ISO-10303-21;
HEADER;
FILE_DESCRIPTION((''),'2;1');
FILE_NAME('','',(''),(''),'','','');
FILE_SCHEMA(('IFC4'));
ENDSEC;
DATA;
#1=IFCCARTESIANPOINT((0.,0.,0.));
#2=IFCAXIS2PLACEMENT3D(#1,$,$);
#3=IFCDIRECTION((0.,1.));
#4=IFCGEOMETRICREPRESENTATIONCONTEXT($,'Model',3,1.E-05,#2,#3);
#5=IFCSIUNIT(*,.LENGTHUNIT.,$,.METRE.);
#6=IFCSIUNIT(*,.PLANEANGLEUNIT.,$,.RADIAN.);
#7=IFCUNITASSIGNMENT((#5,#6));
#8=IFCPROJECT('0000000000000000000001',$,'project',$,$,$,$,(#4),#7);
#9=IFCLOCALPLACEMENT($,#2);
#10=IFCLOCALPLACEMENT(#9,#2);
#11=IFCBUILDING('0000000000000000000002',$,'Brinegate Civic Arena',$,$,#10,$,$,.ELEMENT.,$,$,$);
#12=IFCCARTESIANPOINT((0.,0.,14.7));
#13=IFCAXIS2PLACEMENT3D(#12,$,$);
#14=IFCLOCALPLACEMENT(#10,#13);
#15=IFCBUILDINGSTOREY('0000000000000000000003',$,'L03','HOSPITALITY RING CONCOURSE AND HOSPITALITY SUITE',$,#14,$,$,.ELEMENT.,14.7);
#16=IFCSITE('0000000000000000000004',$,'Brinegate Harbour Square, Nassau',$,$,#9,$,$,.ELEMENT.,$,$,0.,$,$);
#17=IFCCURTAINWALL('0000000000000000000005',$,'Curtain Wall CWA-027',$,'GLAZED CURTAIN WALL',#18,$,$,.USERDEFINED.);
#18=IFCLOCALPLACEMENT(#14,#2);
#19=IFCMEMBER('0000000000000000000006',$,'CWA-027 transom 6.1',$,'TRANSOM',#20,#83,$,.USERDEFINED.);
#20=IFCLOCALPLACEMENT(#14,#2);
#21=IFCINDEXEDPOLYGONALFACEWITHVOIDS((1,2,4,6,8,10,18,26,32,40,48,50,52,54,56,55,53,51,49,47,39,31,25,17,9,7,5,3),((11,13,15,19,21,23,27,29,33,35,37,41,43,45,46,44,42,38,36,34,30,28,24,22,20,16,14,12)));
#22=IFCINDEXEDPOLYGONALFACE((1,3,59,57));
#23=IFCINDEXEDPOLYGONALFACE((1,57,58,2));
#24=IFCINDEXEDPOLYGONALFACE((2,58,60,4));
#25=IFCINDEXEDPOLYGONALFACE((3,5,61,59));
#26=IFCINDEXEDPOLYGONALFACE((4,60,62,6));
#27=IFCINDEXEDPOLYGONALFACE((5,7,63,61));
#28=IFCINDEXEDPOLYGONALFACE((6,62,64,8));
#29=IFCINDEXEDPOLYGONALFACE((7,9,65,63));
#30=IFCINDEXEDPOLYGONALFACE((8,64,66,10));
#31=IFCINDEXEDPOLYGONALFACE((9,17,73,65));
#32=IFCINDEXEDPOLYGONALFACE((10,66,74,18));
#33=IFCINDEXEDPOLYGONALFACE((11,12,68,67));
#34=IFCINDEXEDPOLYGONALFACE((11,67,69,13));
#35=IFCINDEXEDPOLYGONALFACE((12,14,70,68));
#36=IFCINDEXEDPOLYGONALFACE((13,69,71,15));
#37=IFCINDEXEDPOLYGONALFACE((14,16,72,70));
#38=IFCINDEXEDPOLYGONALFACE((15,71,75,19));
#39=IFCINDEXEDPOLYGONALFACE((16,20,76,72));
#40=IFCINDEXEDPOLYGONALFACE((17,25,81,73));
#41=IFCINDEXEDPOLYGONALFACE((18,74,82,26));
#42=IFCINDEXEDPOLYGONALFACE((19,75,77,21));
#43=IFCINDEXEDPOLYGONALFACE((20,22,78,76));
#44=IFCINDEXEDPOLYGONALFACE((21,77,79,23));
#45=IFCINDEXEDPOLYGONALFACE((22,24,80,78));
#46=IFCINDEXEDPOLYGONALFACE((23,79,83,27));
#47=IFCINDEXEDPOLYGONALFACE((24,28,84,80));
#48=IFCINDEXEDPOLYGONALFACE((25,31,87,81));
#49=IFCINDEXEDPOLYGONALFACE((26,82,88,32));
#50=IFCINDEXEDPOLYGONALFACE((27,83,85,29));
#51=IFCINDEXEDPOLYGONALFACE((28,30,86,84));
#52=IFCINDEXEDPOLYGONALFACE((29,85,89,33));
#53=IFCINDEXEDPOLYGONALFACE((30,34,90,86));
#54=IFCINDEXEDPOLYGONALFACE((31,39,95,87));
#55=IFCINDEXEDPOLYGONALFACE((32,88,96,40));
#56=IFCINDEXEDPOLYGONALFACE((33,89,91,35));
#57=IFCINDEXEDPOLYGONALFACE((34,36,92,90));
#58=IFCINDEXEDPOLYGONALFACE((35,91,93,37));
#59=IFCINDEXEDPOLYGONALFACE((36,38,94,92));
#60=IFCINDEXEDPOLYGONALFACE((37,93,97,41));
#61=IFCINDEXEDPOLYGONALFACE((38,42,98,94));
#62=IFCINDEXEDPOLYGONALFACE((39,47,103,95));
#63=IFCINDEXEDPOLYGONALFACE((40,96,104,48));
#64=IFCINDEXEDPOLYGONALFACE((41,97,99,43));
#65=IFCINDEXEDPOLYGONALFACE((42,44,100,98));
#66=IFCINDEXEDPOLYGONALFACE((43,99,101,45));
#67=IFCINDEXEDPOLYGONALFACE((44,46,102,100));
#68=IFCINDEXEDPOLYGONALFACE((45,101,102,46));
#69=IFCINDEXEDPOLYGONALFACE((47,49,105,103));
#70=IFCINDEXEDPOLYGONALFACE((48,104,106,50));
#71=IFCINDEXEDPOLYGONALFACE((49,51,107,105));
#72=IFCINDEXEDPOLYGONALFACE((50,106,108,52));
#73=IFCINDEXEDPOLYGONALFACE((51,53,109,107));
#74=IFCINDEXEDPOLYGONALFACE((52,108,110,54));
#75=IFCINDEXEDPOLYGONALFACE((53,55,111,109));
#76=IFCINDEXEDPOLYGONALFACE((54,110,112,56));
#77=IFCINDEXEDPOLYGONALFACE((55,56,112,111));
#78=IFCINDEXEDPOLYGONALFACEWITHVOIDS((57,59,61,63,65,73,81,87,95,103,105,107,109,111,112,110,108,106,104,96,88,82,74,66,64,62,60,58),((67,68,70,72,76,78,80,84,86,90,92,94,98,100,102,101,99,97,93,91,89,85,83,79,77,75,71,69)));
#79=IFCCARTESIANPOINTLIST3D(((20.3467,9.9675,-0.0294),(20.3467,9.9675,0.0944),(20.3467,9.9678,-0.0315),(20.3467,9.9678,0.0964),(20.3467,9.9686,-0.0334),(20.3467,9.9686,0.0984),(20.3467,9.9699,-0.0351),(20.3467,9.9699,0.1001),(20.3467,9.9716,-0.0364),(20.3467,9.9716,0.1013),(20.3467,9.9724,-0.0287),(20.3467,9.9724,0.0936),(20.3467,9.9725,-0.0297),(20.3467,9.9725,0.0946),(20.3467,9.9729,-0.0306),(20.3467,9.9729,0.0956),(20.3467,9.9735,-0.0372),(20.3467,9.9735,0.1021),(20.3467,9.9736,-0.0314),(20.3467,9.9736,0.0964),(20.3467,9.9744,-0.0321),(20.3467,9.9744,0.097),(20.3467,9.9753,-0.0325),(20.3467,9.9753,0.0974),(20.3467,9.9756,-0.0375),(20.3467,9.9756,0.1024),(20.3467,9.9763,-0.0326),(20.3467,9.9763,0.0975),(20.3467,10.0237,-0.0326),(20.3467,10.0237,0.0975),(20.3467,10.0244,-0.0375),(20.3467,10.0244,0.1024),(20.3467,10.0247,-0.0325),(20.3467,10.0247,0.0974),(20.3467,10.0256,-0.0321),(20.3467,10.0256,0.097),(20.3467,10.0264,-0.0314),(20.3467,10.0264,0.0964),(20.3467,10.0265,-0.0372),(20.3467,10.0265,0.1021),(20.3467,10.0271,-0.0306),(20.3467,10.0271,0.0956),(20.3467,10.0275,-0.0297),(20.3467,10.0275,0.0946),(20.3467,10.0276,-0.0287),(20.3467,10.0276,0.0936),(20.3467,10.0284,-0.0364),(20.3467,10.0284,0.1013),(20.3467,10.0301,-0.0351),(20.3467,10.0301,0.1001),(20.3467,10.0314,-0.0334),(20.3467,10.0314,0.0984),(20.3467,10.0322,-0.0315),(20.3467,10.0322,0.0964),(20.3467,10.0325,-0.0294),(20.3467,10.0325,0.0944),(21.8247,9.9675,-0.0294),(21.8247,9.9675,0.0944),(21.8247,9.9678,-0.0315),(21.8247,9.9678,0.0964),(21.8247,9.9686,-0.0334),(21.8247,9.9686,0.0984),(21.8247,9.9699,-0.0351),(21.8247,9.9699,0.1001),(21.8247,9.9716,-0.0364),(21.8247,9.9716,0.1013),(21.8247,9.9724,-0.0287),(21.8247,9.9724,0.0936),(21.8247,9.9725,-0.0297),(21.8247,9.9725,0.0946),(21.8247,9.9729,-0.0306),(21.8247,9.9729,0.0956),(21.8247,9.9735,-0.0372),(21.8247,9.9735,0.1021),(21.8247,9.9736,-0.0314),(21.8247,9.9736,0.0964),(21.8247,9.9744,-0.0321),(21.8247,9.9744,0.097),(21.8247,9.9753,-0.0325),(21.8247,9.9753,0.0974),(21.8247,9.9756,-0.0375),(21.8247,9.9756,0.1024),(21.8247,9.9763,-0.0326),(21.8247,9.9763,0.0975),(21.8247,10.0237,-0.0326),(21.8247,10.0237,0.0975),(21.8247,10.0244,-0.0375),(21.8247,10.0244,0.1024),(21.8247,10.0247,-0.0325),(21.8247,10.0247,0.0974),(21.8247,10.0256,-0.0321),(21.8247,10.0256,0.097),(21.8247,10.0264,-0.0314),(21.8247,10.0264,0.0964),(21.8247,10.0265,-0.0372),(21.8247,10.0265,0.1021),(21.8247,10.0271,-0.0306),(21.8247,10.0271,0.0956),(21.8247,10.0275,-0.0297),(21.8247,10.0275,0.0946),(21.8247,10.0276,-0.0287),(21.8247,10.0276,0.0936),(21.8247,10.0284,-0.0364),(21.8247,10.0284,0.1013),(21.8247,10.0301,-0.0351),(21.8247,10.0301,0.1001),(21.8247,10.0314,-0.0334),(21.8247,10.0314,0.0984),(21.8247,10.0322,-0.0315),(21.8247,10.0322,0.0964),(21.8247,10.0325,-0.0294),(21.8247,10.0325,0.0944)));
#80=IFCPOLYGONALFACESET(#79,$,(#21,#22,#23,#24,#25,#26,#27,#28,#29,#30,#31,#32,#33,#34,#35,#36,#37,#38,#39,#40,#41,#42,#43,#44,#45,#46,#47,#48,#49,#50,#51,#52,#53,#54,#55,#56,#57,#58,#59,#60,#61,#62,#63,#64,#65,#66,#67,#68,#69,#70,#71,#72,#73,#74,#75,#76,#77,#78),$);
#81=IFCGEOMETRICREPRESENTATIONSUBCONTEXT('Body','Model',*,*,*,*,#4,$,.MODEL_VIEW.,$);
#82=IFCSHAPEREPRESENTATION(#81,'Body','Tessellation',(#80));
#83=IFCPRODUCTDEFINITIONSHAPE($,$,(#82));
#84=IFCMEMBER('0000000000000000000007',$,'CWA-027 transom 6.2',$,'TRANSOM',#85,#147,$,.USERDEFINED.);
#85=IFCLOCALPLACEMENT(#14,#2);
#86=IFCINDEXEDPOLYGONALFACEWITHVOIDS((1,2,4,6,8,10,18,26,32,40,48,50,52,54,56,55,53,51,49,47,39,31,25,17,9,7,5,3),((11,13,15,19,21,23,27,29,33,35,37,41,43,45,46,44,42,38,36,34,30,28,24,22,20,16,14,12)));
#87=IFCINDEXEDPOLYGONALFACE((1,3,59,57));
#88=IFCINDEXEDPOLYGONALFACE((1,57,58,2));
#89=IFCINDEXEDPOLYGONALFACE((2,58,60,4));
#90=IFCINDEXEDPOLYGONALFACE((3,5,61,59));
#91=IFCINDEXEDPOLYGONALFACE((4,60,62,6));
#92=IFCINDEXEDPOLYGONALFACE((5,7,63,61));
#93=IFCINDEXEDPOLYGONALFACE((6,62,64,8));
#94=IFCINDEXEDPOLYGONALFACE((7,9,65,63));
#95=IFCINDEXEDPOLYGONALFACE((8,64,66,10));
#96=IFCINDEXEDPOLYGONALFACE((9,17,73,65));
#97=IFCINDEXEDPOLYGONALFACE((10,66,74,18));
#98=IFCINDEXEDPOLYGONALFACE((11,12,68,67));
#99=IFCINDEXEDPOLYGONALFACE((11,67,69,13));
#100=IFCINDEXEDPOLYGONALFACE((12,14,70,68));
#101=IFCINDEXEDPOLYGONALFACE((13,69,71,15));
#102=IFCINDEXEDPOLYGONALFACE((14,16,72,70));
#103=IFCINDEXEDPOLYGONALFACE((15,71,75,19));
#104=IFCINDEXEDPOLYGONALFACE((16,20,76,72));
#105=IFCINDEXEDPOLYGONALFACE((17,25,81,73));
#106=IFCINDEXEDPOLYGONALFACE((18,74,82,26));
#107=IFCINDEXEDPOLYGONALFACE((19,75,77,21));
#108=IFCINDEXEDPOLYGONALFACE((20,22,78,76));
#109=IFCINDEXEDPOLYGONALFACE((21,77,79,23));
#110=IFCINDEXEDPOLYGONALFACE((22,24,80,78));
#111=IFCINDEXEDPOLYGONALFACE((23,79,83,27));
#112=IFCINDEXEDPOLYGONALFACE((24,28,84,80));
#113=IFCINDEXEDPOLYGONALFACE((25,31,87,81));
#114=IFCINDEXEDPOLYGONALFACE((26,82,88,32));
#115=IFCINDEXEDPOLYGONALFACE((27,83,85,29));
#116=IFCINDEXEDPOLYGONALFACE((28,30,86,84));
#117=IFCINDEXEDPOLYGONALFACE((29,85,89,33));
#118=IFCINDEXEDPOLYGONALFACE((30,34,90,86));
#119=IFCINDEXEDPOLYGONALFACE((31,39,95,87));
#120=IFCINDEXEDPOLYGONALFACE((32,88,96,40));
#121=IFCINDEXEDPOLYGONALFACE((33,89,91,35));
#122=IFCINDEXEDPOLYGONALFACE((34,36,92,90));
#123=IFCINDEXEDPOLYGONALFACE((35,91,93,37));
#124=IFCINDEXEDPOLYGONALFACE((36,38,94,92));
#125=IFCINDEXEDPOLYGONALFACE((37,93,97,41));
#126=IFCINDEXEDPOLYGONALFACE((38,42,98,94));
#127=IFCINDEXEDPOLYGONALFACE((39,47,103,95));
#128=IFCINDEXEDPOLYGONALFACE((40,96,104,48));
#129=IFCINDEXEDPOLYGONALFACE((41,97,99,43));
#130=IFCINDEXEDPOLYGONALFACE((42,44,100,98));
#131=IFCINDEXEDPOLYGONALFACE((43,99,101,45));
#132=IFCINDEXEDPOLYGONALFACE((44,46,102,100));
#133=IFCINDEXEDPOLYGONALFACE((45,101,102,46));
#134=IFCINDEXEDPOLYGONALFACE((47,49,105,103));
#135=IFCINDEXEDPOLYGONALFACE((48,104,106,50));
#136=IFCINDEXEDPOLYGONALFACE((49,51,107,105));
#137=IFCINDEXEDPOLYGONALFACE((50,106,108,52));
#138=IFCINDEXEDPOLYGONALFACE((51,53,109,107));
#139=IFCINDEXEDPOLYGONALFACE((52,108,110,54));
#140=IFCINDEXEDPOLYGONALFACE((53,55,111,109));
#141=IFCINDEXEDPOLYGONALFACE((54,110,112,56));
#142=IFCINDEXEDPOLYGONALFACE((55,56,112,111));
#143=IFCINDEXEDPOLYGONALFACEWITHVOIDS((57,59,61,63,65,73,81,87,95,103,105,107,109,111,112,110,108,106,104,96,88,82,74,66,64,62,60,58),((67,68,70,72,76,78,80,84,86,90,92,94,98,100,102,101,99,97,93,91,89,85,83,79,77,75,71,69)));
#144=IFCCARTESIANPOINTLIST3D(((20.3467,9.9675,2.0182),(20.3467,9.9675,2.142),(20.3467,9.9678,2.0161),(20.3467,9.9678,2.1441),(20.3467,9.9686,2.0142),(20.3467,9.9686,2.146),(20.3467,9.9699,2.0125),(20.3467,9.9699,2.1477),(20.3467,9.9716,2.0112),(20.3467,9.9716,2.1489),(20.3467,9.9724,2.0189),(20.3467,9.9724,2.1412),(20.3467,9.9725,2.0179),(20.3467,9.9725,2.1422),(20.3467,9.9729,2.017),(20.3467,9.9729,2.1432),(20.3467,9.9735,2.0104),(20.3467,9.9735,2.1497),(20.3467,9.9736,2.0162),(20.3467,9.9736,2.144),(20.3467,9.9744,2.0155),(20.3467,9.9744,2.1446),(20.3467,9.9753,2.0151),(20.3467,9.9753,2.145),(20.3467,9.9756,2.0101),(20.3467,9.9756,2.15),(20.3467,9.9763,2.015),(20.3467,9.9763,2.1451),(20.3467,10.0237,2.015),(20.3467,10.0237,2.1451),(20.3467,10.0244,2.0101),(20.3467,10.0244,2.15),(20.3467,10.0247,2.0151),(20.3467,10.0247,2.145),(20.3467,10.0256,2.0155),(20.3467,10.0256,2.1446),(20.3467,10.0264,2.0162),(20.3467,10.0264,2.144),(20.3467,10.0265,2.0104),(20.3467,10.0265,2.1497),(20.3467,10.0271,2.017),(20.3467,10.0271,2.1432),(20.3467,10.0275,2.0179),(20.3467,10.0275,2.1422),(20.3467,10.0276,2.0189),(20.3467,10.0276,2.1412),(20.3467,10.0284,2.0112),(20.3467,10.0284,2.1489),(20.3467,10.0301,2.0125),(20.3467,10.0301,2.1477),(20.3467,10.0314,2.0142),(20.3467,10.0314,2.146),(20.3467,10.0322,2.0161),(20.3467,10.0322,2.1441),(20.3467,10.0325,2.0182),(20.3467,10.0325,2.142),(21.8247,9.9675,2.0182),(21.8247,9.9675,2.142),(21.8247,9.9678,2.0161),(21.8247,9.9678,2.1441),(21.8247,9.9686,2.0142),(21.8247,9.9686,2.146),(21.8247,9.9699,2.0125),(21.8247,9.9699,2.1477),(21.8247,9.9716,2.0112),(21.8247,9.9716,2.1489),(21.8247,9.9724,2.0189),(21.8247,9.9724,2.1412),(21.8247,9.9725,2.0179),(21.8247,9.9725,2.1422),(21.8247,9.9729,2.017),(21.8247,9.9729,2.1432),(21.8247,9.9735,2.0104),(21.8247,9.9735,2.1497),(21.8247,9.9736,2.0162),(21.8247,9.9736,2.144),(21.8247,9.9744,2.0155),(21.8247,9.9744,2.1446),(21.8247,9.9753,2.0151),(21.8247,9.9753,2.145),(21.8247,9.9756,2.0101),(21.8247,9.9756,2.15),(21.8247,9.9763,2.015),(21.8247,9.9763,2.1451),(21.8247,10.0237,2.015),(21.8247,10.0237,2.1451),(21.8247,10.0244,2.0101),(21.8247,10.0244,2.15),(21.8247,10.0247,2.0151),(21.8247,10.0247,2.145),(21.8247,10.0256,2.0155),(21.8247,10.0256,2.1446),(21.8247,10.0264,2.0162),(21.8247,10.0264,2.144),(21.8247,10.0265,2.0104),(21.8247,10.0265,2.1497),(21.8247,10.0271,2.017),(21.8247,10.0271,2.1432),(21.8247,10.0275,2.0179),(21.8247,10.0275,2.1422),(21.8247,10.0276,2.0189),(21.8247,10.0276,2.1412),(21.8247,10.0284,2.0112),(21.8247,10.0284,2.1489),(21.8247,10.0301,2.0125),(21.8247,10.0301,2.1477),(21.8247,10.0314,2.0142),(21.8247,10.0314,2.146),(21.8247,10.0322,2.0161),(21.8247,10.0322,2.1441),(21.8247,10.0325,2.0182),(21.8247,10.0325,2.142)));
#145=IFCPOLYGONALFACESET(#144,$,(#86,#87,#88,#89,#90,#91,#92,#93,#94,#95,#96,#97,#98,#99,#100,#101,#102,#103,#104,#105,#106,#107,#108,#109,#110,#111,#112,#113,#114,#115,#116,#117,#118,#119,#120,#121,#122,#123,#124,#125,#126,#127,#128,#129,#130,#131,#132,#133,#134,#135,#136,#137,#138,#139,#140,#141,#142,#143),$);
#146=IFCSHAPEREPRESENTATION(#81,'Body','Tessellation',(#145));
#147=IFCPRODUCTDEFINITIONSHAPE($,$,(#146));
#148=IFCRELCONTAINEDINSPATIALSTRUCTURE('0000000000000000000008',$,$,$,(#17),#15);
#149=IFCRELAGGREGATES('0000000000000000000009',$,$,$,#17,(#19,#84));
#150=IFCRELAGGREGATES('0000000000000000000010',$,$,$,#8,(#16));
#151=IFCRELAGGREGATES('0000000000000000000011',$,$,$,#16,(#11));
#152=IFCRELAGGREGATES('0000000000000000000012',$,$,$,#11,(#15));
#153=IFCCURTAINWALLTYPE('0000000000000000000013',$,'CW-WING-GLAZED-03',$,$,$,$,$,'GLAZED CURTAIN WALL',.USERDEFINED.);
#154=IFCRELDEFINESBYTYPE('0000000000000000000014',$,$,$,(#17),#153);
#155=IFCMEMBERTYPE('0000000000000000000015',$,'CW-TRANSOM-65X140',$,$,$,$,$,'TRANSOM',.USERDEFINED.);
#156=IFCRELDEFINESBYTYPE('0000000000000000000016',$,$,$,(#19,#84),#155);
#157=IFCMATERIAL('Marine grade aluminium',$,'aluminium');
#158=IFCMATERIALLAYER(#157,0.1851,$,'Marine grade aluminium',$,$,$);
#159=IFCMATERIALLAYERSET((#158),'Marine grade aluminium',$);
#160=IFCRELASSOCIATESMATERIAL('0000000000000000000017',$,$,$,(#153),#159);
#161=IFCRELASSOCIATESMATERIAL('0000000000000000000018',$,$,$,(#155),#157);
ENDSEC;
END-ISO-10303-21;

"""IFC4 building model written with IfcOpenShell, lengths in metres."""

from ifc_helpers import new_model, si_unit, direction, frame, origin, origin_2d, place, context, subcontext, project, spatial, hollow_rectangle, extrude, material, layer, layer_set, material_profile, profile_set, type_object, element, aggregate, save


model = new_model("IFC4")

# Units and contexts
model_context = context("Model", 3, precision=1e-05, world=origin(), true_north=direction((0.0, 1.0)))
body_context = subcontext(model_context, "Body", "Model", "MODEL_VIEW")
ifc_project = project(units=[si_unit("LENGTHUNIT", "METRE"), si_unit("PLANEANGLEUNIT", "RADIAN")], contexts=[model_context])

# Site, building, storey
site_placement = place(None, origin())
site = spatial("IfcSite", under=ifc_project, at=site_placement, Name="Brinegate Harbour Square, Nassau", CompositionType="ELEMENT", RefElevation=0.0)
building_placement = place(site_placement, origin())
building = spatial("IfcBuilding", under=site, at=building_placement, Name="Brinegate Civic Arena", CompositionType="ELEMENT")
storey_placement = place(building_placement, frame((0.0, 0.0, 14.7)))
storey = spatial("IfcBuildingStorey", under=building, at=storey_placement, Name="L03", Description="HOSPITALITY RING CONCOURSE AND HOSPITALITY SUITE", CompositionType="ELEMENT", Elevation=14.7)

# Curtain wall
ifc_material_1 = material(Name="Marine grade aluminium", Category="aluminium")
ifc_layer_1 = layer(ifc_material_1, 0.1851, Name="Marine grade aluminium")
ifc_layer_set_1 = layer_set([ifc_layer_1], Name="Marine grade aluminium")
curtain_wall_type = type_object("IfcCurtainWallType", Name="CW-WING-GLAZED-03", ElementType="GLAZED CURTAIN WALL", PredefinedType="USERDEFINED", material=ifc_layer_set_1)
curtain_wall_1_placement = place(storey_placement, origin())
curtain_wall_1 = element("IfcCurtainWall", 1, at=curtain_wall_1_placement, inside=storey, type_object=curtain_wall_type, Name="Curtain Wall CWA-027", ObjectType="GLAZED CURTAIN WALL", PredefinedType="USERDEFINED")

# Members
ifc_material_profile_1 = material_profile(ifc_material_1, hollow_rectangle(XDim=0.0649, YDim=0.1399, WallThickness=0.0049, InnerFilletRadius=0.0039, OuterFilletRadius=0.0081, at=origin_2d()), Name="TRN65X140")
ifc_profile_set_1 = profile_set([ifc_material_profile_1], Name="Marine grade aluminium")
member_type_1 = type_object("IfcMemberType", Name="CW-TRANSOM-65X140", ElementType="TRANSOM", PredefinedType="USERDEFINED", material=ifc_profile_set_1)
member_1_placement = place(storey_placement, frame((20.3467, 10.0, 0.0325), z_axis=(1.0, 0.0, 0.0), x_axis=(0.0, 1.0, 0.0)))
member_1 = element("IfcMember", 2, at=member_1_placement, type_object=member_type_1, Name="CWA-027 transom 6.1", ObjectType="TRANSOM", PredefinedType="USERDEFINED", context=body_context, shape_type="SweptSolid", body=[
    extrude(hollow_rectangle(XDim=0.0649, YDim=0.1399, WallThickness=0.0049, InnerFilletRadius=0.0039, OuterFilletRadius=0.0081, at=origin_2d()), origin(), (0.0, 0.0, 1.0), 1.478),
])
member_2_placement = place(storey_placement, frame((20.3467, 10.0, 2.0801), z_axis=(1.0, 0.0, 0.0), x_axis=(0.0, 1.0, 0.0)))
member_2 = element("IfcMember", 3, at=member_2_placement, type_object=member_type_1, Name="CWA-027 transom 6.2", ObjectType="TRANSOM", PredefinedType="USERDEFINED", context=body_context, shape_type="SweptSolid", body=[
    extrude(hollow_rectangle(XDim=0.0649, YDim=0.1399, WallThickness=0.0049, InnerFilletRadius=0.0039, OuterFilletRadius=0.0081, at=origin_2d()), origin(), (0.0, 0.0, 1.0), 1.478),
])

aggregate(curtain_wall_1, [member_1, member_2])

save(model, "model.ifc")
